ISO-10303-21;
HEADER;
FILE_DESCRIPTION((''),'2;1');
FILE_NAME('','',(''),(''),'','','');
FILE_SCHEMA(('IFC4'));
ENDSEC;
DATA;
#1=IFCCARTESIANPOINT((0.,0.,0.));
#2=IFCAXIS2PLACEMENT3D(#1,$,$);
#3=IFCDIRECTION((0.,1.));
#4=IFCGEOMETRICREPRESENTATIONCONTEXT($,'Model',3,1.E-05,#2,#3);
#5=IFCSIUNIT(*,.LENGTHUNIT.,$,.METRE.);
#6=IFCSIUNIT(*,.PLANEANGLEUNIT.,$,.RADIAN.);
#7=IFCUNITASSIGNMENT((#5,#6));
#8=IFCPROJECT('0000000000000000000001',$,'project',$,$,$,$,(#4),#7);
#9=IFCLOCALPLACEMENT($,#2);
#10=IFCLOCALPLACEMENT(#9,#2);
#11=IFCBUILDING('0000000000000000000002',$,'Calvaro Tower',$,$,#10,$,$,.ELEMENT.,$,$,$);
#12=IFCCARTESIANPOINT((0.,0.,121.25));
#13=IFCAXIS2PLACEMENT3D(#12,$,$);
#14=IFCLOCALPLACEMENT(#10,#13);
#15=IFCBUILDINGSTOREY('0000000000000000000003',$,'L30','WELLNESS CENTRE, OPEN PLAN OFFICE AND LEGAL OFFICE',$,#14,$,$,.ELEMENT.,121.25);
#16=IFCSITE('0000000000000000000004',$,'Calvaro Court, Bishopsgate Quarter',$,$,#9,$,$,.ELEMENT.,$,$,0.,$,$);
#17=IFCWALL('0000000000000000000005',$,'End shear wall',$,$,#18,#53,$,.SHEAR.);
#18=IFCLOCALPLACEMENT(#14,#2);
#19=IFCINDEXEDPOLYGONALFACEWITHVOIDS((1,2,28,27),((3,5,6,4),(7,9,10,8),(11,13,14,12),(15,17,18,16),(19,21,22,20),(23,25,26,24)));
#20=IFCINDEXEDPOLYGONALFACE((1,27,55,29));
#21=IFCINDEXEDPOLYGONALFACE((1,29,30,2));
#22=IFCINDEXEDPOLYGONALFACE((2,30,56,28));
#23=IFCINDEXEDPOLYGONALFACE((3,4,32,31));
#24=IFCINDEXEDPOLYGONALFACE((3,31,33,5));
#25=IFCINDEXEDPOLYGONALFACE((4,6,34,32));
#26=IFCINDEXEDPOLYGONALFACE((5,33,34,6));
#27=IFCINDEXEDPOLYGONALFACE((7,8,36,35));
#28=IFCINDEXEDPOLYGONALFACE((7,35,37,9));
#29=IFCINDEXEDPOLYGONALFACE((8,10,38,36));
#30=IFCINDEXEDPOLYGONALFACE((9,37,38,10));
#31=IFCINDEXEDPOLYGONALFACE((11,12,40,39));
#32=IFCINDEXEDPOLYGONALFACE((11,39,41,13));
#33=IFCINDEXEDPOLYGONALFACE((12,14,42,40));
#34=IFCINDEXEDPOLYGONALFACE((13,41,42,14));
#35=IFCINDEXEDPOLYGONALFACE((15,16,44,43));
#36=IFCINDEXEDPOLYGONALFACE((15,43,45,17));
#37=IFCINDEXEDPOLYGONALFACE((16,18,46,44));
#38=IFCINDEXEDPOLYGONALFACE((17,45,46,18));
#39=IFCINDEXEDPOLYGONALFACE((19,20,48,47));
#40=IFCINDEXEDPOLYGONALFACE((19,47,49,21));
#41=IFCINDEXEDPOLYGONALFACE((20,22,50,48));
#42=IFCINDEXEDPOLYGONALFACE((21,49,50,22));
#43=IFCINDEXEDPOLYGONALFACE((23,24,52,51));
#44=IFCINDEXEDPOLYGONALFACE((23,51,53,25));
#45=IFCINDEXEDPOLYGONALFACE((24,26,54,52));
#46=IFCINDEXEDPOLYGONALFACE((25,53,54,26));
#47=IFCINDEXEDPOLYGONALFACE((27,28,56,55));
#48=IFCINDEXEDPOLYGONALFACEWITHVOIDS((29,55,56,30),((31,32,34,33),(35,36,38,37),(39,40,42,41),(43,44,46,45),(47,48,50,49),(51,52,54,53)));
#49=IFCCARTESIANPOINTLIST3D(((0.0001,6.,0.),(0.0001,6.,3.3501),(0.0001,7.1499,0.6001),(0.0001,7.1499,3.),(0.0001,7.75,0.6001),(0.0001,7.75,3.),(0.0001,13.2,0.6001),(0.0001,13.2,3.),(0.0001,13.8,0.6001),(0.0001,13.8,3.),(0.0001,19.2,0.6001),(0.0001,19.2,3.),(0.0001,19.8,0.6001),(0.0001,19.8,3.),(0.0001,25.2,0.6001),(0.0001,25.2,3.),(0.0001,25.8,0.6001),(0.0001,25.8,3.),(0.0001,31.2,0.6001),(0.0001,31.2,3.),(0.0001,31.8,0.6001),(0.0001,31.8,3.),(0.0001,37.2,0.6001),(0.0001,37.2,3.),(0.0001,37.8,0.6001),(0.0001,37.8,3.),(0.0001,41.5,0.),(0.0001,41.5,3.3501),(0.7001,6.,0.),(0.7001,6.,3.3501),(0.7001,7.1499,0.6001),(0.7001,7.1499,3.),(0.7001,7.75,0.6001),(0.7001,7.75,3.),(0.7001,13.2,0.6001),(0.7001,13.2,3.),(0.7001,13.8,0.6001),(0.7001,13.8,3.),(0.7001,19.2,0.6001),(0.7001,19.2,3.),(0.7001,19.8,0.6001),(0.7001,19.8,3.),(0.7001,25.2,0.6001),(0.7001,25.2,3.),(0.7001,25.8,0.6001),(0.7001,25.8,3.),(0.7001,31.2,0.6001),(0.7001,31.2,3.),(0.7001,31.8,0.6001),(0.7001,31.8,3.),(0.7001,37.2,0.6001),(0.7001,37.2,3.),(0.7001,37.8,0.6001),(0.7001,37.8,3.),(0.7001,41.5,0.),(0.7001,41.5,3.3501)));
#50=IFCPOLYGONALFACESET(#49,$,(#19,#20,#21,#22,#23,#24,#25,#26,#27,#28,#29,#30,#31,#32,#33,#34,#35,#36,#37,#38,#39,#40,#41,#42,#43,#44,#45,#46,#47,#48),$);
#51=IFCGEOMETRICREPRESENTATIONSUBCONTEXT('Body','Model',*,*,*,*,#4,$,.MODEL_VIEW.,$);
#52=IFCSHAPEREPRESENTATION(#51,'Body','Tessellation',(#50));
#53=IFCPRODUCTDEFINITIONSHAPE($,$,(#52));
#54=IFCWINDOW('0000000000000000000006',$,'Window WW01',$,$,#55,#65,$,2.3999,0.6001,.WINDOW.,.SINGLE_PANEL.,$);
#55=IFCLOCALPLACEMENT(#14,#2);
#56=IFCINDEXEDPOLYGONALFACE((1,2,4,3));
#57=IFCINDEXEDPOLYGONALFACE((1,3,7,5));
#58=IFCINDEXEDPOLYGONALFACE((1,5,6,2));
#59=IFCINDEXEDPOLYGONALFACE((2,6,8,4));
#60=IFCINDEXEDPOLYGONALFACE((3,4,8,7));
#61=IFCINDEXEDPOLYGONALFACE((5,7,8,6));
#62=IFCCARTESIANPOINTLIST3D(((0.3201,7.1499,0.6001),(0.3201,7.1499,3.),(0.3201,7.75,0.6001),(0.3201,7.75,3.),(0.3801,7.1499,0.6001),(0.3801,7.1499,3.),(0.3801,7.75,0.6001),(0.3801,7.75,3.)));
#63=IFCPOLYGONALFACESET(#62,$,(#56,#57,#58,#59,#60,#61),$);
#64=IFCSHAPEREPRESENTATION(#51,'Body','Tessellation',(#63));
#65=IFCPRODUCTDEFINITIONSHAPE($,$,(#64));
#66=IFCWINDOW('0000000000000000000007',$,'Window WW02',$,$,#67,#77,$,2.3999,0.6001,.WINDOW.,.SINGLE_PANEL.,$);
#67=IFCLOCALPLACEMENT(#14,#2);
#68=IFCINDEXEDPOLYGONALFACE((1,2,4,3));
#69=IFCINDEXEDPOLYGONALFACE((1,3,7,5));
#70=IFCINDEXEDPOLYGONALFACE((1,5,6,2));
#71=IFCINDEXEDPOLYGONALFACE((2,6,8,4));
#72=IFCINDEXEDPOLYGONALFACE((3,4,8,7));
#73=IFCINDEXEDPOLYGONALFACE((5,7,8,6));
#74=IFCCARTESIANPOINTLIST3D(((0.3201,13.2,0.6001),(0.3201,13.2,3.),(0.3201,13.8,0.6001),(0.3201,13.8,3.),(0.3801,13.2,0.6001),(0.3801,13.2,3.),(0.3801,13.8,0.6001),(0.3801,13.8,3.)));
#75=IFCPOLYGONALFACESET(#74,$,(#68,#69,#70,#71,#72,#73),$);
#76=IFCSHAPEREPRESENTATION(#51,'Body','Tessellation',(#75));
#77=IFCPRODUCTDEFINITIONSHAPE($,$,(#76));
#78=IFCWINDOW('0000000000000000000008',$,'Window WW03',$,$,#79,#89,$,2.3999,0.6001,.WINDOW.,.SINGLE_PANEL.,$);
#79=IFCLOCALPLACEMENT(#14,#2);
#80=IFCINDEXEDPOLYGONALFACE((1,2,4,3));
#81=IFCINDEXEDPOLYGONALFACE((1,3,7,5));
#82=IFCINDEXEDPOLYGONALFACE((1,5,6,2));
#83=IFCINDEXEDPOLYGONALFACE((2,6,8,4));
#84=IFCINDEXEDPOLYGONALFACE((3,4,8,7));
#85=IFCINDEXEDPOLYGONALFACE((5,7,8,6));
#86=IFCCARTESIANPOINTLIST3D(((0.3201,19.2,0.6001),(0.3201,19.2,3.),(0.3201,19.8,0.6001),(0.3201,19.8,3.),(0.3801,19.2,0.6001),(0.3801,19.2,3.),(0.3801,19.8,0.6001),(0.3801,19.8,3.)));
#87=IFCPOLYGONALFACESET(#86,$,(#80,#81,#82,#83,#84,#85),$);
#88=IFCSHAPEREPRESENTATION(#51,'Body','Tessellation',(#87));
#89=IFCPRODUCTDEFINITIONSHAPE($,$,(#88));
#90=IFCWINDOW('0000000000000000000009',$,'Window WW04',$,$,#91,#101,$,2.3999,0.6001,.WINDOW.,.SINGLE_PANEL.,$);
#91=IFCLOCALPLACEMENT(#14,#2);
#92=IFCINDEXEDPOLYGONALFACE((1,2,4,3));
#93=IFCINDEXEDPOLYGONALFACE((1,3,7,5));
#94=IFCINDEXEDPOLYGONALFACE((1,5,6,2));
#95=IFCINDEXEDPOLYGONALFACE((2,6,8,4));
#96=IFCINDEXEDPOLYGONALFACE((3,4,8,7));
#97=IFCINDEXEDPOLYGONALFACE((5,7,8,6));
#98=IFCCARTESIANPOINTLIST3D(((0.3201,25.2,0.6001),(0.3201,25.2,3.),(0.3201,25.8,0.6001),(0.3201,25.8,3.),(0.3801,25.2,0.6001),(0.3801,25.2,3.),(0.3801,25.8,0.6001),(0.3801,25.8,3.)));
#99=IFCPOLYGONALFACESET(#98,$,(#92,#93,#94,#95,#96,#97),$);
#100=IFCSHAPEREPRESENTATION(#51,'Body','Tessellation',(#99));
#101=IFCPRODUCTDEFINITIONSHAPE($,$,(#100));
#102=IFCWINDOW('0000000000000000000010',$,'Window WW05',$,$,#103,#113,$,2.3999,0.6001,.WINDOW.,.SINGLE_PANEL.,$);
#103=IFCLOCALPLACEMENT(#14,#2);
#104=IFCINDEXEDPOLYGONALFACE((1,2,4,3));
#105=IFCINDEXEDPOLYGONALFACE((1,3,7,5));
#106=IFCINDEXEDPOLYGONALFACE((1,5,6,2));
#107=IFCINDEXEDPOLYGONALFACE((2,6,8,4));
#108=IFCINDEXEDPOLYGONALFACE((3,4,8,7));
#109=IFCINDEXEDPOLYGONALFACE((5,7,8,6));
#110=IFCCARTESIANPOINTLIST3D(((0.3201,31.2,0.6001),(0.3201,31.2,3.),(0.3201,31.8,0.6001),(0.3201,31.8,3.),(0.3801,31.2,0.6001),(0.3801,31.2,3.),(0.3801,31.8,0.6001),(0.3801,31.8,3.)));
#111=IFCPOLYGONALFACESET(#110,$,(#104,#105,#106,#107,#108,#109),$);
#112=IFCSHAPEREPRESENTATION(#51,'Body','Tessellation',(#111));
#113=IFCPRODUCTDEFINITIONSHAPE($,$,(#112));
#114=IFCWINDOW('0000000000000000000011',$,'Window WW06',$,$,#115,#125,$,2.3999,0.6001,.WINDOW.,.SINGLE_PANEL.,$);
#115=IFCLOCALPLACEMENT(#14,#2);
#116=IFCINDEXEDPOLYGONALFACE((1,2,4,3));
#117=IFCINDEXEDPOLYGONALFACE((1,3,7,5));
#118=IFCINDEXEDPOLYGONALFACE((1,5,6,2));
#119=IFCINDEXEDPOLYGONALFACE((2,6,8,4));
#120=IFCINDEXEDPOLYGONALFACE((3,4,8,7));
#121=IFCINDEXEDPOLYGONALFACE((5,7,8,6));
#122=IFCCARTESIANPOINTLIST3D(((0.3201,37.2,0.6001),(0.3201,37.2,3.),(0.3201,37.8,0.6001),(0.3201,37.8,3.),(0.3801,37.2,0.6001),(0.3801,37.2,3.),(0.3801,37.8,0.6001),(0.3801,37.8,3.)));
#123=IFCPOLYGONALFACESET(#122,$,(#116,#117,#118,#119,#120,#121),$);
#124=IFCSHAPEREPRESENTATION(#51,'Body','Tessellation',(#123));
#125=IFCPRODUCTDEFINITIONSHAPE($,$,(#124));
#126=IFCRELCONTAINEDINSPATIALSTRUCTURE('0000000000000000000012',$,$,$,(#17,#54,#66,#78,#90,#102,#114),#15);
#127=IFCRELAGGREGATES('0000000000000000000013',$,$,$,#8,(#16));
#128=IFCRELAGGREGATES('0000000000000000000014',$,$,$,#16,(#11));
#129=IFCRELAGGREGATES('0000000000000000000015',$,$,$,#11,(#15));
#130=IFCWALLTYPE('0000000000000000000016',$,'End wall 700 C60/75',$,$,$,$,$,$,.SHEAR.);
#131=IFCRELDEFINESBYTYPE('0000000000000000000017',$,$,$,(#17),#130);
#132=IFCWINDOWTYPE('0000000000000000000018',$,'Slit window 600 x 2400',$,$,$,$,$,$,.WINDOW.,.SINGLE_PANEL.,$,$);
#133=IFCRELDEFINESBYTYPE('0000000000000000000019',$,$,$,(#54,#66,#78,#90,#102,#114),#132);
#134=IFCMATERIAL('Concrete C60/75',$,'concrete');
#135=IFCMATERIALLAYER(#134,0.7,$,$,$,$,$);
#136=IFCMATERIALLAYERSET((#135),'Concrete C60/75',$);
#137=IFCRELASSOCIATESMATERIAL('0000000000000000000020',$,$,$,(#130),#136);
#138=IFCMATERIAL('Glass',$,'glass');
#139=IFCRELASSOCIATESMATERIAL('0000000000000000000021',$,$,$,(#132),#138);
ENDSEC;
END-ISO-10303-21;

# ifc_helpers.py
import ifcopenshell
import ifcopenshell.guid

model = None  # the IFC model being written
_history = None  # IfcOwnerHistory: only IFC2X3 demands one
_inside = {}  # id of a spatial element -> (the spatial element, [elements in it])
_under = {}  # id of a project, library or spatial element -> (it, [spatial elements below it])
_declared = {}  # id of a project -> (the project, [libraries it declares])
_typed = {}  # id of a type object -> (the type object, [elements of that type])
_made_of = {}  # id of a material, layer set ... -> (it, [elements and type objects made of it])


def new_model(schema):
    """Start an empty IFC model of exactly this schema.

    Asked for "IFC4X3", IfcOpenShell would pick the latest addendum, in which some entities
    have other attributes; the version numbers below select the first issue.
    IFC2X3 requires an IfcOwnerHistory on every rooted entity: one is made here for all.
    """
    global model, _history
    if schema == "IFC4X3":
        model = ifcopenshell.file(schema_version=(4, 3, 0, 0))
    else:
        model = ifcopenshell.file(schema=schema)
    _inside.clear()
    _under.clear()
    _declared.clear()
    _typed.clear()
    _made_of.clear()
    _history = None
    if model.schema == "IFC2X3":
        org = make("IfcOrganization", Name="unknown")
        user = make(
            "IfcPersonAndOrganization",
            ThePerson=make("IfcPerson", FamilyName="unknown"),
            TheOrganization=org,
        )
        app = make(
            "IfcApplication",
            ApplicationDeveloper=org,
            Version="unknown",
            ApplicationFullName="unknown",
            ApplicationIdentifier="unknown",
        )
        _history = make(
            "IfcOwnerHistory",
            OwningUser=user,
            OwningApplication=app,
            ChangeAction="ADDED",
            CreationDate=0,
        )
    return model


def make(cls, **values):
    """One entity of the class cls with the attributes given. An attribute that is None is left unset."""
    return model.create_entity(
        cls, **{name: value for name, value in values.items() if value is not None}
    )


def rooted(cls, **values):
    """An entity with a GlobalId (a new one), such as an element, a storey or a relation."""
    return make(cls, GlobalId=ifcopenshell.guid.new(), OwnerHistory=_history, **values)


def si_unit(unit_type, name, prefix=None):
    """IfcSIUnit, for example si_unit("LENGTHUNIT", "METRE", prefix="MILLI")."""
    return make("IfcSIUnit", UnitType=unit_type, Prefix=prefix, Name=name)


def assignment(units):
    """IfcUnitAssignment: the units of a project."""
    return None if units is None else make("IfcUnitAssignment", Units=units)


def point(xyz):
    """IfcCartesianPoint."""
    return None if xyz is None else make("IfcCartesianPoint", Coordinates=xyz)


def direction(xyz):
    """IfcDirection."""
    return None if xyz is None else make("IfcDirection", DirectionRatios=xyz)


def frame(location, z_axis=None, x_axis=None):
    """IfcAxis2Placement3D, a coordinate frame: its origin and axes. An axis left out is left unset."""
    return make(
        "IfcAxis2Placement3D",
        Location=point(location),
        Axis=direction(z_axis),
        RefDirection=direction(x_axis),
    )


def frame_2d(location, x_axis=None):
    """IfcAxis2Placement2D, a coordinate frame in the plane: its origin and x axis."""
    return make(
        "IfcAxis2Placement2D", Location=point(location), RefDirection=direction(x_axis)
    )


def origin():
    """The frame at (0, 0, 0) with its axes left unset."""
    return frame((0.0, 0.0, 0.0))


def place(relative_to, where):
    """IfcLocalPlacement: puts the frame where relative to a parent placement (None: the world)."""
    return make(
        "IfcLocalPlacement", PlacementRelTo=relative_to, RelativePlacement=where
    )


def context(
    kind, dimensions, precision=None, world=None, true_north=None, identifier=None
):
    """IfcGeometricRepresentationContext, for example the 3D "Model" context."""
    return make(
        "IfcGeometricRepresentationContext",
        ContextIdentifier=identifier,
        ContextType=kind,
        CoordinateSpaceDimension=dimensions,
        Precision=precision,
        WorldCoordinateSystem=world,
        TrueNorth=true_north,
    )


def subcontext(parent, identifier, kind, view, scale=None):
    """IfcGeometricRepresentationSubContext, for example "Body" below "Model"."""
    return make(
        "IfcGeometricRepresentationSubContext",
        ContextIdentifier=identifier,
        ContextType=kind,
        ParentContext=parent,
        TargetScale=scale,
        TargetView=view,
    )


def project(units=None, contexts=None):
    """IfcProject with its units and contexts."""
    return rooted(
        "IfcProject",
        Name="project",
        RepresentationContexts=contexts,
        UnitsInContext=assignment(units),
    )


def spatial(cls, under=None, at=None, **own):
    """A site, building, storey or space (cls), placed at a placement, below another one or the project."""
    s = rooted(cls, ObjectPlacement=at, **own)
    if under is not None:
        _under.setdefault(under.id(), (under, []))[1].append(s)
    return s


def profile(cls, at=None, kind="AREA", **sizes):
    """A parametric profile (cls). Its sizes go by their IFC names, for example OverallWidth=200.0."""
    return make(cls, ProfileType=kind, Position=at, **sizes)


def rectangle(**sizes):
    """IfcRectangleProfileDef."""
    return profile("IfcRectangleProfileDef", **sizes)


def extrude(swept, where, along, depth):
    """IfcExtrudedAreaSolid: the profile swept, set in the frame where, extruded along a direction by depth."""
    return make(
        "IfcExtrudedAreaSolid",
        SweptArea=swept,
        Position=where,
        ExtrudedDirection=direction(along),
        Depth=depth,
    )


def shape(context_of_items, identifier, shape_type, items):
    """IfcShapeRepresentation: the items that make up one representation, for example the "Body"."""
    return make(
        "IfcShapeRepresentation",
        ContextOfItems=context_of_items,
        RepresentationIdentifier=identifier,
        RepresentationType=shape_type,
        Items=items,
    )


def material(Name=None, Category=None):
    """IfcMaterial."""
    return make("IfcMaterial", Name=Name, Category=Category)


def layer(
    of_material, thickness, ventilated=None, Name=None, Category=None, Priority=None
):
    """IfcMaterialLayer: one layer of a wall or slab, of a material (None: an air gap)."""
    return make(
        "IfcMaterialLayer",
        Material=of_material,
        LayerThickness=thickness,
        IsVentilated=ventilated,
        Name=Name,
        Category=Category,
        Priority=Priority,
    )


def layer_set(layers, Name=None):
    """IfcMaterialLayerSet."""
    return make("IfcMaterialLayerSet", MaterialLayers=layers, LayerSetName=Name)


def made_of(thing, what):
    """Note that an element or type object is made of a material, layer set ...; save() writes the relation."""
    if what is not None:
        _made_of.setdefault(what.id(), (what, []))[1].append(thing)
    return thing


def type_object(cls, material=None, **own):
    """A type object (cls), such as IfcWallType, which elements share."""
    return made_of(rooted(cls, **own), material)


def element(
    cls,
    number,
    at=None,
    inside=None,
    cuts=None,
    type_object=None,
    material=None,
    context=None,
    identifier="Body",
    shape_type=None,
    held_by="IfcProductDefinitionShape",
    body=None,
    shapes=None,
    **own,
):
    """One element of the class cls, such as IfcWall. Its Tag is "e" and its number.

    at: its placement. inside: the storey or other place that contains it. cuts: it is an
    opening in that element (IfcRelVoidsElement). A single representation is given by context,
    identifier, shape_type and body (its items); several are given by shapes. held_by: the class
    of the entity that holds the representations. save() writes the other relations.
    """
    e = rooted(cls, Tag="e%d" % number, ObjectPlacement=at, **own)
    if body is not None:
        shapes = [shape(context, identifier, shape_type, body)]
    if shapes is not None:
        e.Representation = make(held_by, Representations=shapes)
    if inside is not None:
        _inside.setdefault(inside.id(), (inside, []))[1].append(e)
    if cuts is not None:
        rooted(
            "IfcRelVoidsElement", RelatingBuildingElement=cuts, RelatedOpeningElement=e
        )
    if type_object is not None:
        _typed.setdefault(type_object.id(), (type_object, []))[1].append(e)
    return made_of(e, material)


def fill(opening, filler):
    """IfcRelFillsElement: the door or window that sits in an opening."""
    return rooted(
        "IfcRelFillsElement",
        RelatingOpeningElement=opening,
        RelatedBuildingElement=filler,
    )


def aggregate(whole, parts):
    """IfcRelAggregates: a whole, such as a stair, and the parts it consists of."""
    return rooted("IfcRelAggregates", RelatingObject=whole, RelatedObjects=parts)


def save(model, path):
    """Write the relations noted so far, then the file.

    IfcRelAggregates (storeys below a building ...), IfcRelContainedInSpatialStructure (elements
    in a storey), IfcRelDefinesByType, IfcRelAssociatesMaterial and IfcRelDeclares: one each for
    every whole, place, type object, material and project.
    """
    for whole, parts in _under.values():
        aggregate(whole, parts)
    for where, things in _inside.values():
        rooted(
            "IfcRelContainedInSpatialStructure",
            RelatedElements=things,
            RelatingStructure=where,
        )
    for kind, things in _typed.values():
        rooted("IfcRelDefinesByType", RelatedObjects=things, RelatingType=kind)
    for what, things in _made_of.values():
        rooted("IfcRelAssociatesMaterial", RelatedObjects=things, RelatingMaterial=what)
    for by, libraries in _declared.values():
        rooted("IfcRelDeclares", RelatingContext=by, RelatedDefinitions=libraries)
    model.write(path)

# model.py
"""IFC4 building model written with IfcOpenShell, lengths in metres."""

from ifc_helpers import new_model, si_unit, direction, frame, frame_2d, origin, place, context, subcontext, project, spatial, rectangle, extrude, material, layer, layer_set, type_object, element, fill, save


model = new_model("IFC4")

# Units and contexts
model_context = context("Model", 3, precision=1e-05, world=origin(), true_north=direction((0.0, 1.0)))
body_context = subcontext(model_context, "Body", "Model", "MODEL_VIEW")
ifc_project = project(units=[si_unit("LENGTHUNIT", "METRE"), si_unit("PLANEANGLEUNIT", "RADIAN")], contexts=[model_context])

# Site, building, storey
site_placement = place(None, origin())
site = spatial("IfcSite", under=ifc_project, at=site_placement, Name="Calvaro Court, Bishopsgate Quarter", CompositionType="ELEMENT", RefElevation=0.0)
building_placement = place(site_placement, origin())
building = spatial("IfcBuilding", under=site, at=building_placement, Name="Calvaro Tower", CompositionType="ELEMENT")
storey_placement = place(building_placement, frame((0.0, 0.0, 121.25)))
storey = spatial("IfcBuildingStorey", under=building, at=storey_placement, Name="L30", Description="WELLNESS CENTRE, OPEN PLAN OFFICE AND LEGAL OFFICE", CompositionType="ELEMENT", Elevation=121.25)

# Wall, openings, windows
ifc_material_1 = material(Name="Concrete C60/75", Category="concrete")
ifc_layer_1 = layer(ifc_material_1, 0.7)
ifc_layer_set_1 = layer_set([ifc_layer_1], Name="Concrete C60/75")
wall_type = type_object("IfcWallType", Name="End wall 700 C60/75", PredefinedType="SHEAR", material=ifc_layer_set_1)
wall_placement = place(storey_placement, frame((0.3501, 6.0, 0.0), z_axis=(0.0, 0.0, 1.0), x_axis=(0.0, 1.0, 0.0)))
wall = element("IfcWall", 1, at=wall_placement, inside=storey, type_object=wall_type, Name="End shear wall", PredefinedType="SHEAR", context=body_context, shape_type="SweptSolid", body=[
    extrude(rectangle(XDim=35.5, YDim=0.7, at=frame_2d((17.75, 0.0))), origin(), (0.0, 0.0, 1.0), 3.3501),
])
opening_1_placement = place(wall_placement, frame((1.1499, 0.0, 0.6001)))
opening_1 = element("IfcOpeningElement", 2, at=opening_1_placement, cuts=wall, PredefinedType="OPENING", context=body_context, shape_type="SweptSolid", body=[
    extrude(rectangle(XDim=0.6001, YDim=2.3999, at=frame_2d((0.3, 1.2))), frame((0.0, 0.3599, 0.0), z_axis=(0.0, -1.0, 0.0), x_axis=(1.0, 0.0, 0.0)), (0.0, 0.0, 1.0), 0.72),
])
opening_2_placement = place(wall_placement, frame((7.2, 0.0, 0.6001)))
opening_2 = element("IfcOpeningElement", 3, at=opening_2_placement, cuts=wall, PredefinedType="OPENING", context=body_context, shape_type="SweptSolid", body=[
    extrude(rectangle(XDim=0.6001, YDim=2.3999, at=frame_2d((0.3, 1.2))), frame((0.0, 0.3599, 0.0), z_axis=(0.0, -1.0, 0.0), x_axis=(1.0, 0.0, 0.0)), (0.0, 0.0, 1.0), 0.72),
])
opening_3_placement = place(wall_placement, frame((13.2, 0.0, 0.6001)))
opening_3 = element("IfcOpeningElement", 4, at=opening_3_placement, cuts=wall, PredefinedType="OPENING", context=body_context, shape_type="SweptSolid", body=[
    extrude(rectangle(XDim=0.6001, YDim=2.3999, at=frame_2d((0.3, 1.2))), frame((0.0, 0.3599, 0.0), z_axis=(0.0, -1.0, 0.0), x_axis=(1.0, 0.0, 0.0)), (0.0, 0.0, 1.0), 0.72),
])
opening_4_placement = place(wall_placement, frame((19.2, 0.0, 0.6001)))
opening_4 = element("IfcOpeningElement", 5, at=opening_4_placement, cuts=wall, PredefinedType="OPENING", context=body_context, shape_type="SweptSolid", body=[
    extrude(rectangle(XDim=0.6001, YDim=2.3999, at=frame_2d((0.3, 1.2))), frame((0.0, 0.3599, 0.0), z_axis=(0.0, -1.0, 0.0), x_axis=(1.0, 0.0, 0.0)), (0.0, 0.0, 1.0), 0.72),
])
opening_5_placement = place(wall_placement, frame((25.2, 0.0, 0.6001)))
opening_5 = element("IfcOpeningElement", 6, at=opening_5_placement, cuts=wall, PredefinedType="OPENING", context=body_context, shape_type="SweptSolid", body=[
    extrude(rectangle(XDim=0.6001, YDim=2.3999, at=frame_2d((0.3, 1.2))), frame((0.0, 0.3599, 0.0), z_axis=(0.0, -1.0, 0.0), x_axis=(1.0, 0.0, 0.0)), (0.0, 0.0, 1.0), 0.72),
])
opening_6_placement = place(wall_placement, frame((31.2, 0.0, 0.6001)))
opening_6 = element("IfcOpeningElement", 7, at=opening_6_placement, cuts=wall, PredefinedType="OPENING", context=body_context, shape_type="SweptSolid", body=[
    extrude(rectangle(XDim=0.6001, YDim=2.3999, at=frame_2d((0.3, 1.2))), frame((0.0, 0.3599, 0.0), z_axis=(0.0, -1.0, 0.0), x_axis=(1.0, 0.0, 0.0)), (0.0, 0.0, 1.0), 0.72),
])
ifc_material_2 = material(Name="Glass", Category="glass")
window_type = type_object("IfcWindowType", Name="Slit window 600 x 2400", PartitioningType="SINGLE_PANEL", PredefinedType="WINDOW", material=ifc_material_2)
window_1_placement = place(opening_1_placement, origin())
window_1 = element("IfcWindow", 8, at=window_1_placement, inside=storey, type_object=window_type, Name="Window WW01", OverallHeight=2.3999, OverallWidth=0.6001, PartitioningType="SINGLE_PANEL", PredefinedType="WINDOW", context=body_context, shape_type="SweptSolid", body=[
    extrude(rectangle(XDim=0.6001, YDim=2.3999, at=frame_2d((0.3, 1.2))), frame((0.0, 0.03, 0.0), z_axis=(0.0, -1.0, 0.0), x_axis=(1.0, 0.0, 0.0)), (0.0, 0.0, 1.0), 0.0601),
])
fill(opening_1, window_1)
window_2_placement = place(opening_2_placement, origin())
window_2 = element("IfcWindow", 9, at=window_2_placement, inside=storey, type_object=window_type, Name="Window WW02", OverallHeight=2.3999, OverallWidth=0.6001, PartitioningType="SINGLE_PANEL", PredefinedType="WINDOW", context=body_context, shape_type="SweptSolid", body=[
    extrude(rectangle(XDim=0.6001, YDim=2.3999, at=frame_2d((0.3, 1.2))), frame((0.0, 0.03, 0.0), z_axis=(0.0, -1.0, 0.0), x_axis=(1.0, 0.0, 0.0)), (0.0, 0.0, 1.0), 0.0601),
])
fill(opening_2, window_2)
window_3_placement = place(opening_3_placement, origin())
window_3 = element("IfcWindow", 10, at=window_3_placement, inside=storey, type_object=window_type, Name="Window WW03", OverallHeight=2.3999, OverallWidth=0.6001, PartitioningType="SINGLE_PANEL", PredefinedType="WINDOW", context=body_context, shape_type="SweptSolid", body=[
    extrude(rectangle(XDim=0.6001, YDim=2.3999, at=frame_2d((0.3, 1.2))), frame((0.0, 0.03, 0.0), z_axis=(0.0, -1.0, 0.0), x_axis=(1.0, 0.0, 0.0)), (0.0, 0.0, 1.0), 0.0601),
])
fill(opening_3, window_3)
window_4_placement = place(opening_4_placement, origin())
window_4 = element("IfcWindow", 11, at=window_4_placement, inside=storey, type_object=window_type, Name="Window WW04", OverallHeight=2.3999, OverallWidth=0.6001, PartitioningType="SINGLE_PANEL", PredefinedType="WINDOW", context=body_context, shape_type="SweptSolid", body=[
    extrude(rectangle(XDim=0.6001, YDim=2.3999, at=frame_2d((0.3, 1.2))), frame((0.0, 0.03, 0.0), z_axis=(0.0, -1.0, 0.0), x_axis=(1.0, 0.0, 0.0)), (0.0, 0.0, 1.0), 0.0601),
])
fill(opening_4, window_4)
window_5_placement = place(opening_5_placement, origin())
window_5 = element("IfcWindow", 12, at=window_5_placement, inside=storey, type_object=window_type, Name="Window WW05", OverallHeight=2.3999, OverallWidth=0.6001, PartitioningType="SINGLE_PANEL", PredefinedType="WINDOW", context=body_context, shape_type="SweptSolid", body=[
    extrude(rectangle(XDim=0.6001, YDim=2.3999, at=frame_2d((0.3, 1.2))), frame((0.0, 0.03, 0.0), z_axis=(0.0, -1.0, 0.0), x_axis=(1.0, 0.0, 0.0)), (0.0, 0.0, 1.0), 0.0601),
])
fill(opening_5, window_5)
window_6_placement = place(opening_6_placement, origin())
window_6 = element("IfcWindow", 13, at=window_6_placement, inside=storey, type_object=window_type, Name="Window WW06", OverallHeight=2.3999, OverallWidth=0.6001, PartitioningType="SINGLE_PANEL", PredefinedType="WINDOW", context=body_context, shape_type="SweptSolid", body=[
    extrude(rectangle(XDim=0.6001, YDim=2.3999, at=frame_2d((0.3, 1.2))), frame((0.0, 0.03, 0.0), z_axis=(0.0, -1.0, 0.0), x_axis=(1.0, 0.0, 0.0)), (0.0, 0.0, 1.0), 0.0601),
])
fill(opening_6, window_6)

save(model, "model.ifc")
